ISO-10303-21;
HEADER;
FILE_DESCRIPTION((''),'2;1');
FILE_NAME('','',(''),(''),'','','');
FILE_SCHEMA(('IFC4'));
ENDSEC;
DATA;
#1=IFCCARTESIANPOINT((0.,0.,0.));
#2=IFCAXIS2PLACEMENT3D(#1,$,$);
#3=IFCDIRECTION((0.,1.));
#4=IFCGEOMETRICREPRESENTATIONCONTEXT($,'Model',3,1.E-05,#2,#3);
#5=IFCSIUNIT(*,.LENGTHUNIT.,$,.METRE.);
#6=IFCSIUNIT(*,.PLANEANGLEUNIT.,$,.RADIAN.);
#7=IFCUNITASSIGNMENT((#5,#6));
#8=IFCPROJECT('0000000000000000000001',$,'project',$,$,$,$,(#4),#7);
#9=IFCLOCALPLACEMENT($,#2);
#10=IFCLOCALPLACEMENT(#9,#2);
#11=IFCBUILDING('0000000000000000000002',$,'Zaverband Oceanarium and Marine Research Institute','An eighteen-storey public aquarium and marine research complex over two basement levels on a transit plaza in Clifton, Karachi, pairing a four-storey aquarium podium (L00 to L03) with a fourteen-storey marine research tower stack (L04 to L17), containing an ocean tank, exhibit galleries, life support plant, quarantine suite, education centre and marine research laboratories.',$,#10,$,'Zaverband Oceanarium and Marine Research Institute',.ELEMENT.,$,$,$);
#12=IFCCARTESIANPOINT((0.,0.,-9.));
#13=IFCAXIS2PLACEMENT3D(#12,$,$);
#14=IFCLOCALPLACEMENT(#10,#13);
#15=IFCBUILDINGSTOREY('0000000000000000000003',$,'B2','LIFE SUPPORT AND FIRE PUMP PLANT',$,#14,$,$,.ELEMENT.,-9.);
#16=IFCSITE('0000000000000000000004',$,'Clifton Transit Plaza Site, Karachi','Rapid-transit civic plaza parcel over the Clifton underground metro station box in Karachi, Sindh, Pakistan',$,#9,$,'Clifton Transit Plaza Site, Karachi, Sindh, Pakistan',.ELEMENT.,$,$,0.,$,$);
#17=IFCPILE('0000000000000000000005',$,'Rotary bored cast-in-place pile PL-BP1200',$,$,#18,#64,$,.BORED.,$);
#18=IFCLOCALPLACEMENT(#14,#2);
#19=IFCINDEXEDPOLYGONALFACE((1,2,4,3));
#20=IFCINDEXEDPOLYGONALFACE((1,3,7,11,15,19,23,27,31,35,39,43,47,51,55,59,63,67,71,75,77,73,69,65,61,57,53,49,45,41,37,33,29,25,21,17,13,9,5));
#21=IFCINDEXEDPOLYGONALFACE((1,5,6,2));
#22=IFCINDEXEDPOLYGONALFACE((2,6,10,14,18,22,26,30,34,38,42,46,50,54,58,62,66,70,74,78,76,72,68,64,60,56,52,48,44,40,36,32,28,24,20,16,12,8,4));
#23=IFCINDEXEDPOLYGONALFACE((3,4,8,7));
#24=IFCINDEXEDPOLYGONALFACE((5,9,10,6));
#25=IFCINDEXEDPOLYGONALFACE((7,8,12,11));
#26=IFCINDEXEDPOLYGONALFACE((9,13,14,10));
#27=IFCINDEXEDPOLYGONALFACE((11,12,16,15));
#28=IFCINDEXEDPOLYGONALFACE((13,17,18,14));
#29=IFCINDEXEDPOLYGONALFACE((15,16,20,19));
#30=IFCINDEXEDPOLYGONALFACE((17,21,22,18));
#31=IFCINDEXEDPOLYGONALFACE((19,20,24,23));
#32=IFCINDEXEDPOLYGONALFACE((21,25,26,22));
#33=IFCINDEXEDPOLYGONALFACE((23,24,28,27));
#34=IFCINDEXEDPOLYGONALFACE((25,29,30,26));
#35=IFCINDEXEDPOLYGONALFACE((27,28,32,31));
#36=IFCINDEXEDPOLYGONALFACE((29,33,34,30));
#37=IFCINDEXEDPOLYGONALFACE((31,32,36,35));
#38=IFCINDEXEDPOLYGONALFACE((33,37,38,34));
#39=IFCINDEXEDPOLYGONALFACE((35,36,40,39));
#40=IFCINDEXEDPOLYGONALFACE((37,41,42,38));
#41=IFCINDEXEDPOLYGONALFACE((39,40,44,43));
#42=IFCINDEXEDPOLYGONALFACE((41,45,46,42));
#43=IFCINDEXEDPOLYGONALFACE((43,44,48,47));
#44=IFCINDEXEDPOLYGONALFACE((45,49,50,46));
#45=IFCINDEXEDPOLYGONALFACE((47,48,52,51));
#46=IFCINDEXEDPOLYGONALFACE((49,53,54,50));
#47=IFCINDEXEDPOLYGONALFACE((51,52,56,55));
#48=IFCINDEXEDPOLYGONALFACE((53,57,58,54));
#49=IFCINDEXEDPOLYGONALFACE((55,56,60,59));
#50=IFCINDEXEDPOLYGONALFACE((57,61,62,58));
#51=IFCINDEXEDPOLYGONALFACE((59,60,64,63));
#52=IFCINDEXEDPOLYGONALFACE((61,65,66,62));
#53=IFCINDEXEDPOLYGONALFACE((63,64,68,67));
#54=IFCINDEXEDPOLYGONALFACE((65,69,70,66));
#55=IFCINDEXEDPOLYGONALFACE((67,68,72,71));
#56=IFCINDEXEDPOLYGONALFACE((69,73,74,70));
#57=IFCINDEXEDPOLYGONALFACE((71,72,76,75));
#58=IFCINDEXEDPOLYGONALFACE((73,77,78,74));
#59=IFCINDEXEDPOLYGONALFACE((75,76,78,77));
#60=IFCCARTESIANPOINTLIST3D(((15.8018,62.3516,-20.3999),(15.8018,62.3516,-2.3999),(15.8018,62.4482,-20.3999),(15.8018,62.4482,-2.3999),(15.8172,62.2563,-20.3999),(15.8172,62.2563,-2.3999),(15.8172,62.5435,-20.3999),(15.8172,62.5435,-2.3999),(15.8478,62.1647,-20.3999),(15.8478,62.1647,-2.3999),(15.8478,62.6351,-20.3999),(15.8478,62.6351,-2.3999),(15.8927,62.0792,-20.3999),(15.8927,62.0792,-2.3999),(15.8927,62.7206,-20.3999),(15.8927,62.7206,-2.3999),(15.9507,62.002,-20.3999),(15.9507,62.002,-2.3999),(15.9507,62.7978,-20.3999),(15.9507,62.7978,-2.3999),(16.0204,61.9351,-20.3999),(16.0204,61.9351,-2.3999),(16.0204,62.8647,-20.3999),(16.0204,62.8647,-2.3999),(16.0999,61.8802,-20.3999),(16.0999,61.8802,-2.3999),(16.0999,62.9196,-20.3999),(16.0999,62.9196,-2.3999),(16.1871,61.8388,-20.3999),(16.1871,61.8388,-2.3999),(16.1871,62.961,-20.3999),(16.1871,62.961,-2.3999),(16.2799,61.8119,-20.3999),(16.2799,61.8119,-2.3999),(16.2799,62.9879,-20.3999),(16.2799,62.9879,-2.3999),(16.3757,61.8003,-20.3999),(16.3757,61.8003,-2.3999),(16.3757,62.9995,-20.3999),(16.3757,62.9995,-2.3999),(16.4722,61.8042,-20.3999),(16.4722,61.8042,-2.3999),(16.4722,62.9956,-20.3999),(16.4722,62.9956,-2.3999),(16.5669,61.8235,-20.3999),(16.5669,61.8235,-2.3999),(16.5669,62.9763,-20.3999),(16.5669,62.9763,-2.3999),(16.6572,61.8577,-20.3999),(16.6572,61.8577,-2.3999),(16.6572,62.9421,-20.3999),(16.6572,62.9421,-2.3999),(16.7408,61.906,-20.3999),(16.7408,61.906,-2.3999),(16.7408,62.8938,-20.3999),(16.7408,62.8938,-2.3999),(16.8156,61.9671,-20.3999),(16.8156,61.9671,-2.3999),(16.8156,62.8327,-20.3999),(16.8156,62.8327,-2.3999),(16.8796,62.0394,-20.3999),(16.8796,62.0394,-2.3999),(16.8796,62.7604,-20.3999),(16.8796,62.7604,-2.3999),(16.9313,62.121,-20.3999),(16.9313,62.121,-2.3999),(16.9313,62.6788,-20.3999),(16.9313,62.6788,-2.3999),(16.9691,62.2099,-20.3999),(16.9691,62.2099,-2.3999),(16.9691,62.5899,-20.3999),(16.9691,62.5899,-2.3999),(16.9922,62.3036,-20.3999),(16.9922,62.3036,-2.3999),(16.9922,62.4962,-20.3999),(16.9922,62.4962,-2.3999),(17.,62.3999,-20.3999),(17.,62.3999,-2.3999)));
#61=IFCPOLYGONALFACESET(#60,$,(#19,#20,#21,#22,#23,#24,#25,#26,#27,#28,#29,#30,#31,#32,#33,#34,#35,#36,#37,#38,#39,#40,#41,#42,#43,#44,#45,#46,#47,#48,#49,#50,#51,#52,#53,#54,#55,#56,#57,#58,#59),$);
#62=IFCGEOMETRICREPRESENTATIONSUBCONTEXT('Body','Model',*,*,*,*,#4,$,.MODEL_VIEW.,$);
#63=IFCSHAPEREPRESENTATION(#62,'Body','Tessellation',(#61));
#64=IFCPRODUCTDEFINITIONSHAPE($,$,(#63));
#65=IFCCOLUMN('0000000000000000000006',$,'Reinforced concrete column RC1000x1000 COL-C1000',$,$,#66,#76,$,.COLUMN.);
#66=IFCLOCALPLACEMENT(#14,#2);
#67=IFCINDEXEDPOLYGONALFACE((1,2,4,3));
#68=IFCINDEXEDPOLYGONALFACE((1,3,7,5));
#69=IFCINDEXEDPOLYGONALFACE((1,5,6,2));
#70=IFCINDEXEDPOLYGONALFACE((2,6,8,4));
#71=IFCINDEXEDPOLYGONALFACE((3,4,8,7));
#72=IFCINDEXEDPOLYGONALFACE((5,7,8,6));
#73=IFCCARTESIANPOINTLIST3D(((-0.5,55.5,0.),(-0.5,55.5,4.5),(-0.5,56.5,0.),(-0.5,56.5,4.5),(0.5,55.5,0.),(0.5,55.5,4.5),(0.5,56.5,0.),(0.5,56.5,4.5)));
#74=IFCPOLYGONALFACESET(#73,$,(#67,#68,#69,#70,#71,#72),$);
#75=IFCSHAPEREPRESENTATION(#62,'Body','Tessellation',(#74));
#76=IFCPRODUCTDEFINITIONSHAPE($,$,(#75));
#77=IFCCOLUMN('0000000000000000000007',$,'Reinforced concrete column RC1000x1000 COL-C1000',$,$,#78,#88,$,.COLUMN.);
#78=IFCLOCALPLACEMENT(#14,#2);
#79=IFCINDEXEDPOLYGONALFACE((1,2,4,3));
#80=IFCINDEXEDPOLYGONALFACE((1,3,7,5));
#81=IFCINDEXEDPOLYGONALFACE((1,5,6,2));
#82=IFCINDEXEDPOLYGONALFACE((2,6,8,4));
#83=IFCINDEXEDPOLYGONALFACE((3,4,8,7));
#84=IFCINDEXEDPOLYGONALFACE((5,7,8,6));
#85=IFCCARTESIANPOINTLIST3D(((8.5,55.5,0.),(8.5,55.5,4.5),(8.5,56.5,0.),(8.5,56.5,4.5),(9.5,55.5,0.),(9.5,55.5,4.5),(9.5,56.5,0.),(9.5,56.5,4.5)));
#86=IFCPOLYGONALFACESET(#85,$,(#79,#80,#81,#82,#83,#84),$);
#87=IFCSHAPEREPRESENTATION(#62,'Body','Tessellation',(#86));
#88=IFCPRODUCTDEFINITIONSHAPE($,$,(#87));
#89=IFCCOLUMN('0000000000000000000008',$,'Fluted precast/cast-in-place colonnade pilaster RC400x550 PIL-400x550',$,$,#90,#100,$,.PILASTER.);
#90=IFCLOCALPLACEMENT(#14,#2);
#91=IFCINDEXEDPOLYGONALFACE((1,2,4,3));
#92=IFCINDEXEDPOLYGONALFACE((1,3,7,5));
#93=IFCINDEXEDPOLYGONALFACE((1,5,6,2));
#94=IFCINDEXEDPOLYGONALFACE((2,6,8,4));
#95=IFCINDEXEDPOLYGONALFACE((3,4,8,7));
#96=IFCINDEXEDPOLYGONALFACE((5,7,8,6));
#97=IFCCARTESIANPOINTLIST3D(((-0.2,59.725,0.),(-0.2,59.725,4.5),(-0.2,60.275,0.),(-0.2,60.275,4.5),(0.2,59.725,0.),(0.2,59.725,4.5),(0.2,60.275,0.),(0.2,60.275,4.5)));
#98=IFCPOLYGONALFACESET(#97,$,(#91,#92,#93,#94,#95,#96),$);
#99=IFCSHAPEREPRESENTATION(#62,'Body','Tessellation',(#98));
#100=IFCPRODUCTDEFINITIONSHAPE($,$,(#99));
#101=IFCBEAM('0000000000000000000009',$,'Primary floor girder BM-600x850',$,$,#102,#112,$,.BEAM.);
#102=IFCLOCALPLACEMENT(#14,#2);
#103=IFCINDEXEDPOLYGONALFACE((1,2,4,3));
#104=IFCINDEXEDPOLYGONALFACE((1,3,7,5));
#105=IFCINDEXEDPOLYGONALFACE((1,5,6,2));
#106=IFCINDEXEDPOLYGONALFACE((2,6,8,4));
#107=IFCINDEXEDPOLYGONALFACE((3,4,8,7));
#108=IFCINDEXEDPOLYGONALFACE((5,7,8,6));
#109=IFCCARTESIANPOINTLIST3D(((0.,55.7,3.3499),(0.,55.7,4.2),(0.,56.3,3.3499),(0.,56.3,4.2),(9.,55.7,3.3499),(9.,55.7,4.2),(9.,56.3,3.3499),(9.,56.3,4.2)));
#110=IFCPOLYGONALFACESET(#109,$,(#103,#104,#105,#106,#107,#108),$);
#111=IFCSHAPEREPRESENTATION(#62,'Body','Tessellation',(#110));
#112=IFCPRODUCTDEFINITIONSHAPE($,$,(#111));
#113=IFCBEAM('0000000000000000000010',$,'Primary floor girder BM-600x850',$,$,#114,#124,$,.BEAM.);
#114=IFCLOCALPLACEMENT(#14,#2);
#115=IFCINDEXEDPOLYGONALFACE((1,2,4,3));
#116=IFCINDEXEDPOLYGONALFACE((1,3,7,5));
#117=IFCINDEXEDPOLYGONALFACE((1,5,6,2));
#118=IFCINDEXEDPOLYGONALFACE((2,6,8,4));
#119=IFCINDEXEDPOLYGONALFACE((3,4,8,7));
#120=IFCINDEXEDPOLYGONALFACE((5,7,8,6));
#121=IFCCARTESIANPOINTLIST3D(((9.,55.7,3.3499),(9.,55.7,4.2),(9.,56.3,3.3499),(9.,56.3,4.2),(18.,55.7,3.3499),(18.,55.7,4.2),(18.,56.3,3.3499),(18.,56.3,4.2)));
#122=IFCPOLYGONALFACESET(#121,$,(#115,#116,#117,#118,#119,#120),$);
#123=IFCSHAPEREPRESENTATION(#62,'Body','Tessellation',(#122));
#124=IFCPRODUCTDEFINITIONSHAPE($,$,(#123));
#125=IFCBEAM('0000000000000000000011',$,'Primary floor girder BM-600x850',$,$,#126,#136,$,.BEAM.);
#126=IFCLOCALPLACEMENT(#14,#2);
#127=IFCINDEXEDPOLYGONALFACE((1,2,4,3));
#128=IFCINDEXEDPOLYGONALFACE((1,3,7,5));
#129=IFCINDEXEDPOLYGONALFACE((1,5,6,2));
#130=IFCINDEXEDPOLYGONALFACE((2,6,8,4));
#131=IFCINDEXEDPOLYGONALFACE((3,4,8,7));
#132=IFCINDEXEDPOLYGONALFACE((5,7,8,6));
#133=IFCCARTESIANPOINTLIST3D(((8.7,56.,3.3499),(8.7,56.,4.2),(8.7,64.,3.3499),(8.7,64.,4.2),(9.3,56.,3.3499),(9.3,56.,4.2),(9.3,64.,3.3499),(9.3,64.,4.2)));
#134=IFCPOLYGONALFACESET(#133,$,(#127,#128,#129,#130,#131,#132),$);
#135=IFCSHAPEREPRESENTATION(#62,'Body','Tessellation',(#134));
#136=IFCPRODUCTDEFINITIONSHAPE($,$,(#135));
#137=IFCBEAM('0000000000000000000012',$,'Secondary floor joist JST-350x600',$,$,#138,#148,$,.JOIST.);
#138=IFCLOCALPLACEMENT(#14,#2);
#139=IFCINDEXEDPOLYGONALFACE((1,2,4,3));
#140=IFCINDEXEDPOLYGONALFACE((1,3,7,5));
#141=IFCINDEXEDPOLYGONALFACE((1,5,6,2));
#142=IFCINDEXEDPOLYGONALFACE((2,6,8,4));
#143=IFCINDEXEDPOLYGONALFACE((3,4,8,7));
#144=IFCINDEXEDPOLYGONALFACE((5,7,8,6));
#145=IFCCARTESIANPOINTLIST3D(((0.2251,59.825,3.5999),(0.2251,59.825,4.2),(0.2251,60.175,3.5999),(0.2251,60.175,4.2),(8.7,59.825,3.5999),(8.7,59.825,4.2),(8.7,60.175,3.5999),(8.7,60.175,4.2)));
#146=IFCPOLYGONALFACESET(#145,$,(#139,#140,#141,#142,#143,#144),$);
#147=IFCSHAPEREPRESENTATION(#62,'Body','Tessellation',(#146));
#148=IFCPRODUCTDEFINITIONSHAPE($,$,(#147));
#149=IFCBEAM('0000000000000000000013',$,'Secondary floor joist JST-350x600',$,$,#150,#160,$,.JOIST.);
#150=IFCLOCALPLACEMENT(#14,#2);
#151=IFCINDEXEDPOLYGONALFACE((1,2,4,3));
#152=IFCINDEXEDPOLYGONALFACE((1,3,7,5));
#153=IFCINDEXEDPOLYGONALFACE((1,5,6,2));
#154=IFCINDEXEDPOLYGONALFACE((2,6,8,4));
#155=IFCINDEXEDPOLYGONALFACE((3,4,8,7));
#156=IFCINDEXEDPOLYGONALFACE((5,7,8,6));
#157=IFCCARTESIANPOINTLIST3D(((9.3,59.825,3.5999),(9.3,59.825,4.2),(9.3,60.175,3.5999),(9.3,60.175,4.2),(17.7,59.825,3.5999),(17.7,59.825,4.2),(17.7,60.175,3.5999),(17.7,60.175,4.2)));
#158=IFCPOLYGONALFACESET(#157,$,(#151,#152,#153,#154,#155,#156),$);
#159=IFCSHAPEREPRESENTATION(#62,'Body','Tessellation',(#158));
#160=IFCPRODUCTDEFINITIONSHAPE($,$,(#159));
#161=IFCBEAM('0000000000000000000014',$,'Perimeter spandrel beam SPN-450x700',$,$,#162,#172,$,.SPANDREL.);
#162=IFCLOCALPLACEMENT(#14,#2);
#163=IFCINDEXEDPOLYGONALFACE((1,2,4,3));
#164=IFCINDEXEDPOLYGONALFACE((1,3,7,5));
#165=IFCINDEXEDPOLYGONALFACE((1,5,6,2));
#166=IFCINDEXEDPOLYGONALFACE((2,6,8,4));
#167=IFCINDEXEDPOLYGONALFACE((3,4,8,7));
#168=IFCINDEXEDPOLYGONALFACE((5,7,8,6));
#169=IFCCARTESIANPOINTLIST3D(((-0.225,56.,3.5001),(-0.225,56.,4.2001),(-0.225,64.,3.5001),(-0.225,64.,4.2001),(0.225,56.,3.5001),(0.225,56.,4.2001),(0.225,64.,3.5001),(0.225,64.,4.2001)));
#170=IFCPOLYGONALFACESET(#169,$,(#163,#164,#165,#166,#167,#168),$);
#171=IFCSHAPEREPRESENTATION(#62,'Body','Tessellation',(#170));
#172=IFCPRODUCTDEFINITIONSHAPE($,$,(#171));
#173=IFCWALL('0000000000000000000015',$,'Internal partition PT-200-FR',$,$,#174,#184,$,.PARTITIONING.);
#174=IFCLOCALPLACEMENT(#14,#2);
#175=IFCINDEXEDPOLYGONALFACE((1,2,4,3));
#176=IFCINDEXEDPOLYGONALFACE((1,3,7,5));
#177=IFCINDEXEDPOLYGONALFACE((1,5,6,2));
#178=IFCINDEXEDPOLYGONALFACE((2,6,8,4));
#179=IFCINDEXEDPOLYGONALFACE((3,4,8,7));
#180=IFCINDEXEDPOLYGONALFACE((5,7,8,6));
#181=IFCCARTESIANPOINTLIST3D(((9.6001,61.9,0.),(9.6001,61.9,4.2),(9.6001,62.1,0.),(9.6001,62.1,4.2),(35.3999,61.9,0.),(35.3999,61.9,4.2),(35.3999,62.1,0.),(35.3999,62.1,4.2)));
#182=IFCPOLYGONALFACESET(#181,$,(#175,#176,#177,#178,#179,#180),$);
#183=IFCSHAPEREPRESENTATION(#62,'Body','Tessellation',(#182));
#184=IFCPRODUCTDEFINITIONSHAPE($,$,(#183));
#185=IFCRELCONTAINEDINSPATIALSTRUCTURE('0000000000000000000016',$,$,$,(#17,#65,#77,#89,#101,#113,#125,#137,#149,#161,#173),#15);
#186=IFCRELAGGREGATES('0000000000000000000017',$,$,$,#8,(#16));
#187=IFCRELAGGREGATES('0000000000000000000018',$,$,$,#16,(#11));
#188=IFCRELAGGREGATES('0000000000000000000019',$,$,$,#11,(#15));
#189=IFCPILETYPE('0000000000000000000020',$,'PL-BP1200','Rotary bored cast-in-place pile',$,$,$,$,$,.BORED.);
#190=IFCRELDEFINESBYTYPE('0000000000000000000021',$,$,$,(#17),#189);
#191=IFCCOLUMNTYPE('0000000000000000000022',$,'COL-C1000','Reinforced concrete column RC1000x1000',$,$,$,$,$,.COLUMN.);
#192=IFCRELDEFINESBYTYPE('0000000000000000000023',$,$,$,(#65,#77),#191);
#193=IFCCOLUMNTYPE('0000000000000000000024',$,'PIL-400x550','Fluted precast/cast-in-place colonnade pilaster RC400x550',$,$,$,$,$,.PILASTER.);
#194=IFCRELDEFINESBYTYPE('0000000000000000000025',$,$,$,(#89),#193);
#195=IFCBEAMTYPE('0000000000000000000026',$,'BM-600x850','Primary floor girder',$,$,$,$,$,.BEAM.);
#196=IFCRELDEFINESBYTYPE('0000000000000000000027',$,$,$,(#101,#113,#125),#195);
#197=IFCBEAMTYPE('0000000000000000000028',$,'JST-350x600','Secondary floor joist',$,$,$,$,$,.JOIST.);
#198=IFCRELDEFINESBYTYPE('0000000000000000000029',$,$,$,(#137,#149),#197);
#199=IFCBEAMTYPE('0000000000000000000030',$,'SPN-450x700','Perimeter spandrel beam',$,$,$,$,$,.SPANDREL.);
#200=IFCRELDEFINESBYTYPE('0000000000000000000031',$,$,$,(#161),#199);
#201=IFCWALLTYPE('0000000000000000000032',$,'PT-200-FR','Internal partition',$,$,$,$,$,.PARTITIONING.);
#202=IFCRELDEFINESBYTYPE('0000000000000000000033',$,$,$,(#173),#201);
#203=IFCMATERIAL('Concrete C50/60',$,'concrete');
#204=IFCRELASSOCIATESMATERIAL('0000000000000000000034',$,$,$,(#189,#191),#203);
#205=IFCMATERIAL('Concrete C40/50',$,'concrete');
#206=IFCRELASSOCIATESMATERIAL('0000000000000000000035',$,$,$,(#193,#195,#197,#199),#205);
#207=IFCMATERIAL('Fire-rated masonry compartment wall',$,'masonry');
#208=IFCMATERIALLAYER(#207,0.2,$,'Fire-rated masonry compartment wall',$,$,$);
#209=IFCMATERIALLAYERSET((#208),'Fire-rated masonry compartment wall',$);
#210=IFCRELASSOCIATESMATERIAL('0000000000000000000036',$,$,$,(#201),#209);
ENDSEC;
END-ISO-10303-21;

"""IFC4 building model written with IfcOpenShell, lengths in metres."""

from ifc_helpers import new_model, si_unit, direction, frame, frame_2d, origin, origin_2d, place, context, subcontext, project, spatial, rectangle, circle, extrude, material, layer, layer_set, material_profile, profile_set, type_object, element, save


model = new_model("IFC4")

# Units and contexts
model_context = context("Model", 3, precision=1e-05, world=origin(), true_north=direction((0.0, 1.0)))
body_context = subcontext(model_context, "Body", "Model", "MODEL_VIEW")
ifc_project = project(units=[si_unit("LENGTHUNIT", "METRE"), si_unit("PLANEANGLEUNIT", "RADIAN")], contexts=[model_context])

# Site, building, storey
site_placement = place(None, origin())
site = spatial("IfcSite", under=ifc_project, at=site_placement, Name="Clifton Transit Plaza Site, Karachi", Description="Rapid-transit civic plaza parcel over the Clifton underground metro station box in Karachi, Sindh, Pakistan", LongName="Clifton Transit Plaza Site, Karachi, Sindh, Pakistan", CompositionType="ELEMENT", RefElevation=0.0)
building_placement = place(site_placement, origin())
building = spatial("IfcBuilding", under=site, at=building_placement, Name="Zaverband Oceanarium and Marine Research Institute", Description="An eighteen-storey public aquarium and marine research complex over two basement levels on a transit plaza in Clifton, Karachi, pairing a four-storey aquarium podium (L00 to L03) with a fourteen-storey marine research tower stack (L04 to L17), containing an ocean tank, exhibit galleries, life support plant, quarantine suite, education centre and marine research laboratories.", LongName="Zaverband Oceanarium and Marine Research Institute", CompositionType="ELEMENT")
storey_placement = place(building_placement, frame((0.0, 0.0, -9.0)))
storey = spatial("IfcBuildingStorey", under=building, at=storey_placement, Name="B2", Description="LIFE SUPPORT AND FIRE PUMP PLANT", CompositionType="ELEMENT", Elevation=-9.0)

# Shared definitions
ifc_material_1 = material(Name="Concrete C50/60", Category="concrete")
ifc_material_2 = material(Name="Concrete C40/50", Category="concrete")

# Pile
ifc_material_profile_1 = material_profile(ifc_material_1, circle(Radius=0.6001, at=origin_2d()), Name="BP1200")
ifc_profile_set_1 = profile_set([ifc_material_profile_1], Name="Concrete C50/60")
pile_type_1 = type_object("IfcPileType", Name="PL-BP1200", Description="Rotary bored cast-in-place pile", PredefinedType="BORED", material=ifc_profile_set_1)
for number, where, z_axis, x_axis, name in (
    (1, (16.3999, 62.3999, -2.3999), (0.0, 0.0, -1.0), (1.0, 0.0, 0.0), "Rotary bored cast-in-place pile PL-BP1200"),
):
    element("IfcPile", number, at=place(storey_placement, frame(where, z_axis=z_axis, x_axis=x_axis)), inside=storey, type_object=pile_type_1, Name=name, PredefinedType="BORED", context=body_context, shape_type="SweptSolid", body=[
        extrude(circle(Radius=0.6001, at=origin_2d()), origin(), (0.0, 0.0, 1.0), 18.0),
    ])

# Columns
ifc_material_profile_2 = material_profile(ifc_material_1, rectangle(XDim=1.0, YDim=1.0, at=origin_2d()), Name="RC1000x1000")
ifc_profile_set_2 = profile_set([ifc_material_profile_2], Name="Concrete C50/60")
column_type_1 = type_object("IfcColumnType", Name="COL-C1000", Description="Reinforced concrete column RC1000x1000", PredefinedType="COLUMN", material=ifc_profile_set_2)
for number, where, z_axis, x_axis, name in (
    (2, (0.0, 56.0, 0.0), (0.0, 0.0, 1.0), (1.0, 0.0, 0.0), "Reinforced concrete column RC1000x1000 COL-C1000"),
    (3, (9.0, 56.0, 0.0), (0.0, 0.0, 1.0), (1.0, 0.0, 0.0), "Reinforced concrete column RC1000x1000 COL-C1000"),
):
    element("IfcColumn", number, at=place(storey_placement, frame(where, z_axis=z_axis, x_axis=x_axis)), inside=storey, type_object=column_type_1, Name=name, PredefinedType="COLUMN", context=body_context, shape_type="SweptSolid", body=[
        extrude(rectangle(XDim=1.0, YDim=1.0, at=origin_2d()), origin(), (0.0, 0.0, 1.0), 4.5),
    ])
ifc_material_profile_3 = material_profile(ifc_material_2, rectangle(XDim=0.3999, YDim=0.55, at=origin_2d()), Name="RC400x550")
ifc_profile_set_3 = profile_set([ifc_material_profile_3], Name="Concrete C40/50")
column_type_2 = type_object("IfcColumnType", Name="PIL-400x550", Description="Fluted precast/cast-in-place colonnade pilaster RC400x550", PredefinedType="PILASTER", material=ifc_profile_set_3)
column_placement = place(storey_placement, frame((0.0, 60.0, 0.0), z_axis=(0.0, 0.0, 1.0), x_axis=(1.0, 0.0, 0.0)))
element("IfcColumn", 4, at=column_placement, inside=storey, type_object=column_type_2, Name="Fluted precast/cast-in-place colonnade pilaster RC400x550 PIL-400x550", PredefinedType="PILASTER", context=body_context, shape_type="SweptSolid", body=[
    extrude(rectangle(XDim=0.3999, YDim=0.55, at=origin_2d()), origin(), (0.0, 0.0, 1.0), 4.5),
])

# Beams
ifc_material_profile_4 = material_profile(ifc_material_2, rectangle(XDim=0.6001, YDim=0.8501, at=origin_2d()), Name="RC600x850")
ifc_profile_set_4 = profile_set([ifc_material_profile_4], Name="Concrete C40/50")
beam_type_1 = type_object("IfcBeamType", Name="BM-600x850", Description="Primary floor girder", PredefinedType="BEAM", material=ifc_profile_set_4)
for number, where, z_axis, x_axis, name in (
    (5, (0.0, 56.0, 3.7749), (1.0, 0.0, 0.0), (0.0, 1.0, 0.0), "Primary floor girder BM-600x850"),
    (6, (9.0, 56.0, 3.7749), (1.0, 0.0, 0.0), (0.0, 1.0, 0.0), "Primary floor girder BM-600x850"),
):
    element("IfcBeam", number, at=place(storey_placement, frame(where, z_axis=z_axis, x_axis=x_axis)), inside=storey, type_object=beam_type_1, Name=name, PredefinedType="BEAM", context=body_context, shape_type="SweptSolid", body=[
        extrude(rectangle(XDim=0.6001, YDim=0.8501, at=origin_2d()), origin(), (0.0, 0.0, 1.0), 9.0),
    ])
beam_1_placement = place(storey_placement, frame((9.0, 56.0, 3.7749), z_axis=(0.0, 1.0, 0.0), x_axis=(-1.0, 0.0, 0.0)))
element("IfcBeam", 7, at=beam_1_placement, inside=storey, type_object=beam_type_1, Name="Primary floor girder BM-600x850", PredefinedType="BEAM", context=body_context, shape_type="SweptSolid", body=[
    extrude(rectangle(XDim=0.6001, YDim=0.8501, at=origin_2d()), origin(), (0.0, 0.0, 1.0), 8.0),
])
ifc_material_profile_5 = material_profile(ifc_material_2, rectangle(XDim=0.3501, YDim=0.6001, at=origin_2d()), Name="RC350x600")
ifc_profile_set_5 = profile_set([ifc_material_profile_5], Name="Concrete C40/50")
beam_type_2 = type_object("IfcBeamType", Name="JST-350x600", Description="Secondary floor joist", PredefinedType="JOIST", material=ifc_profile_set_5)
beam_2_placement = place(storey_placement, frame((0.2251, 60.0, 3.8999), z_axis=(1.0, 0.0, 0.0), x_axis=(0.0, 1.0, 0.0)))
element("IfcBeam", 8, at=beam_2_placement, inside=storey, type_object=beam_type_2, Name="Secondary floor joist JST-350x600", PredefinedType="JOIST", context=body_context, shape_type="SweptSolid", body=[
    extrude(rectangle(XDim=0.3501, YDim=0.6001, at=origin_2d()), origin(), (0.0, 0.0, 1.0), 8.4749),
])
beam_3_placement = place(storey_placement, frame((9.3, 60.0, 3.8999), z_axis=(1.0, 0.0, 0.0), x_axis=(0.0, 1.0, 0.0)))
element("IfcBeam", 9, at=beam_3_placement, inside=storey, type_object=beam_type_2, Name="Secondary floor joist JST-350x600", PredefinedType="JOIST", context=body_context, shape_type="SweptSolid", body=[
    extrude(rectangle(XDim=0.3501, YDim=0.6001, at=origin_2d()), origin(), (0.0, 0.0, 1.0), 8.3999),
])
ifc_material_profile_6 = material_profile(ifc_material_2, rectangle(XDim=0.45, YDim=0.7, at=origin_2d()), Name="RC450x700")
ifc_profile_set_6 = profile_set([ifc_material_profile_6], Name="Concrete C40/50")
beam_type_3 = type_object("IfcBeamType", Name="SPN-450x700", Description="Perimeter spandrel beam", PredefinedType="SPANDREL", material=ifc_profile_set_6)
beam_4_placement = place(storey_placement, frame((0.0, 56.0, 3.8501), z_axis=(0.0, 1.0, 0.0), x_axis=(-1.0, 0.0, 0.0)))
element("IfcBeam", 10, at=beam_4_placement, inside=storey, type_object=beam_type_3, Name="Perimeter spandrel beam SPN-450x700", PredefinedType="SPANDREL", context=body_context, shape_type="SweptSolid", body=[
    extrude(rectangle(XDim=0.45, YDim=0.7, at=origin_2d()), origin(), (0.0, 0.0, 1.0), 8.0),
])

# Wall
ifc_material_3 = material(Name="Fire-rated masonry compartment wall", Category="masonry")
ifc_layer_1 = layer(ifc_material_3, 0.2, Name="Fire-rated masonry compartment wall")
ifc_layer_set_1 = layer_set([ifc_layer_1], Name="Fire-rated masonry compartment wall")
wall_type = type_object("IfcWallType", Name="PT-200-FR", Description="Internal partition", PredefinedType="PARTITIONING", material=ifc_layer_set_1)
wall_placement = place(storey_placement, frame((9.6001, 62.0, 0.0), z_axis=(0.0, 0.0, 1.0), x_axis=(1.0, 0.0, 0.0)))
element("IfcWall", 11, at=wall_placement, inside=storey, type_object=wall_type, Name="Internal partition PT-200-FR", PredefinedType="PARTITIONING", context=body_context, shape_type="SweptSolid", body=[
    extrude(rectangle(XDim=25.7998, YDim=0.2, at=frame_2d((12.8999, 0.0))), origin(), (0.0, 0.0, 1.0), 4.2),
])

save(model, "model.ifc")
